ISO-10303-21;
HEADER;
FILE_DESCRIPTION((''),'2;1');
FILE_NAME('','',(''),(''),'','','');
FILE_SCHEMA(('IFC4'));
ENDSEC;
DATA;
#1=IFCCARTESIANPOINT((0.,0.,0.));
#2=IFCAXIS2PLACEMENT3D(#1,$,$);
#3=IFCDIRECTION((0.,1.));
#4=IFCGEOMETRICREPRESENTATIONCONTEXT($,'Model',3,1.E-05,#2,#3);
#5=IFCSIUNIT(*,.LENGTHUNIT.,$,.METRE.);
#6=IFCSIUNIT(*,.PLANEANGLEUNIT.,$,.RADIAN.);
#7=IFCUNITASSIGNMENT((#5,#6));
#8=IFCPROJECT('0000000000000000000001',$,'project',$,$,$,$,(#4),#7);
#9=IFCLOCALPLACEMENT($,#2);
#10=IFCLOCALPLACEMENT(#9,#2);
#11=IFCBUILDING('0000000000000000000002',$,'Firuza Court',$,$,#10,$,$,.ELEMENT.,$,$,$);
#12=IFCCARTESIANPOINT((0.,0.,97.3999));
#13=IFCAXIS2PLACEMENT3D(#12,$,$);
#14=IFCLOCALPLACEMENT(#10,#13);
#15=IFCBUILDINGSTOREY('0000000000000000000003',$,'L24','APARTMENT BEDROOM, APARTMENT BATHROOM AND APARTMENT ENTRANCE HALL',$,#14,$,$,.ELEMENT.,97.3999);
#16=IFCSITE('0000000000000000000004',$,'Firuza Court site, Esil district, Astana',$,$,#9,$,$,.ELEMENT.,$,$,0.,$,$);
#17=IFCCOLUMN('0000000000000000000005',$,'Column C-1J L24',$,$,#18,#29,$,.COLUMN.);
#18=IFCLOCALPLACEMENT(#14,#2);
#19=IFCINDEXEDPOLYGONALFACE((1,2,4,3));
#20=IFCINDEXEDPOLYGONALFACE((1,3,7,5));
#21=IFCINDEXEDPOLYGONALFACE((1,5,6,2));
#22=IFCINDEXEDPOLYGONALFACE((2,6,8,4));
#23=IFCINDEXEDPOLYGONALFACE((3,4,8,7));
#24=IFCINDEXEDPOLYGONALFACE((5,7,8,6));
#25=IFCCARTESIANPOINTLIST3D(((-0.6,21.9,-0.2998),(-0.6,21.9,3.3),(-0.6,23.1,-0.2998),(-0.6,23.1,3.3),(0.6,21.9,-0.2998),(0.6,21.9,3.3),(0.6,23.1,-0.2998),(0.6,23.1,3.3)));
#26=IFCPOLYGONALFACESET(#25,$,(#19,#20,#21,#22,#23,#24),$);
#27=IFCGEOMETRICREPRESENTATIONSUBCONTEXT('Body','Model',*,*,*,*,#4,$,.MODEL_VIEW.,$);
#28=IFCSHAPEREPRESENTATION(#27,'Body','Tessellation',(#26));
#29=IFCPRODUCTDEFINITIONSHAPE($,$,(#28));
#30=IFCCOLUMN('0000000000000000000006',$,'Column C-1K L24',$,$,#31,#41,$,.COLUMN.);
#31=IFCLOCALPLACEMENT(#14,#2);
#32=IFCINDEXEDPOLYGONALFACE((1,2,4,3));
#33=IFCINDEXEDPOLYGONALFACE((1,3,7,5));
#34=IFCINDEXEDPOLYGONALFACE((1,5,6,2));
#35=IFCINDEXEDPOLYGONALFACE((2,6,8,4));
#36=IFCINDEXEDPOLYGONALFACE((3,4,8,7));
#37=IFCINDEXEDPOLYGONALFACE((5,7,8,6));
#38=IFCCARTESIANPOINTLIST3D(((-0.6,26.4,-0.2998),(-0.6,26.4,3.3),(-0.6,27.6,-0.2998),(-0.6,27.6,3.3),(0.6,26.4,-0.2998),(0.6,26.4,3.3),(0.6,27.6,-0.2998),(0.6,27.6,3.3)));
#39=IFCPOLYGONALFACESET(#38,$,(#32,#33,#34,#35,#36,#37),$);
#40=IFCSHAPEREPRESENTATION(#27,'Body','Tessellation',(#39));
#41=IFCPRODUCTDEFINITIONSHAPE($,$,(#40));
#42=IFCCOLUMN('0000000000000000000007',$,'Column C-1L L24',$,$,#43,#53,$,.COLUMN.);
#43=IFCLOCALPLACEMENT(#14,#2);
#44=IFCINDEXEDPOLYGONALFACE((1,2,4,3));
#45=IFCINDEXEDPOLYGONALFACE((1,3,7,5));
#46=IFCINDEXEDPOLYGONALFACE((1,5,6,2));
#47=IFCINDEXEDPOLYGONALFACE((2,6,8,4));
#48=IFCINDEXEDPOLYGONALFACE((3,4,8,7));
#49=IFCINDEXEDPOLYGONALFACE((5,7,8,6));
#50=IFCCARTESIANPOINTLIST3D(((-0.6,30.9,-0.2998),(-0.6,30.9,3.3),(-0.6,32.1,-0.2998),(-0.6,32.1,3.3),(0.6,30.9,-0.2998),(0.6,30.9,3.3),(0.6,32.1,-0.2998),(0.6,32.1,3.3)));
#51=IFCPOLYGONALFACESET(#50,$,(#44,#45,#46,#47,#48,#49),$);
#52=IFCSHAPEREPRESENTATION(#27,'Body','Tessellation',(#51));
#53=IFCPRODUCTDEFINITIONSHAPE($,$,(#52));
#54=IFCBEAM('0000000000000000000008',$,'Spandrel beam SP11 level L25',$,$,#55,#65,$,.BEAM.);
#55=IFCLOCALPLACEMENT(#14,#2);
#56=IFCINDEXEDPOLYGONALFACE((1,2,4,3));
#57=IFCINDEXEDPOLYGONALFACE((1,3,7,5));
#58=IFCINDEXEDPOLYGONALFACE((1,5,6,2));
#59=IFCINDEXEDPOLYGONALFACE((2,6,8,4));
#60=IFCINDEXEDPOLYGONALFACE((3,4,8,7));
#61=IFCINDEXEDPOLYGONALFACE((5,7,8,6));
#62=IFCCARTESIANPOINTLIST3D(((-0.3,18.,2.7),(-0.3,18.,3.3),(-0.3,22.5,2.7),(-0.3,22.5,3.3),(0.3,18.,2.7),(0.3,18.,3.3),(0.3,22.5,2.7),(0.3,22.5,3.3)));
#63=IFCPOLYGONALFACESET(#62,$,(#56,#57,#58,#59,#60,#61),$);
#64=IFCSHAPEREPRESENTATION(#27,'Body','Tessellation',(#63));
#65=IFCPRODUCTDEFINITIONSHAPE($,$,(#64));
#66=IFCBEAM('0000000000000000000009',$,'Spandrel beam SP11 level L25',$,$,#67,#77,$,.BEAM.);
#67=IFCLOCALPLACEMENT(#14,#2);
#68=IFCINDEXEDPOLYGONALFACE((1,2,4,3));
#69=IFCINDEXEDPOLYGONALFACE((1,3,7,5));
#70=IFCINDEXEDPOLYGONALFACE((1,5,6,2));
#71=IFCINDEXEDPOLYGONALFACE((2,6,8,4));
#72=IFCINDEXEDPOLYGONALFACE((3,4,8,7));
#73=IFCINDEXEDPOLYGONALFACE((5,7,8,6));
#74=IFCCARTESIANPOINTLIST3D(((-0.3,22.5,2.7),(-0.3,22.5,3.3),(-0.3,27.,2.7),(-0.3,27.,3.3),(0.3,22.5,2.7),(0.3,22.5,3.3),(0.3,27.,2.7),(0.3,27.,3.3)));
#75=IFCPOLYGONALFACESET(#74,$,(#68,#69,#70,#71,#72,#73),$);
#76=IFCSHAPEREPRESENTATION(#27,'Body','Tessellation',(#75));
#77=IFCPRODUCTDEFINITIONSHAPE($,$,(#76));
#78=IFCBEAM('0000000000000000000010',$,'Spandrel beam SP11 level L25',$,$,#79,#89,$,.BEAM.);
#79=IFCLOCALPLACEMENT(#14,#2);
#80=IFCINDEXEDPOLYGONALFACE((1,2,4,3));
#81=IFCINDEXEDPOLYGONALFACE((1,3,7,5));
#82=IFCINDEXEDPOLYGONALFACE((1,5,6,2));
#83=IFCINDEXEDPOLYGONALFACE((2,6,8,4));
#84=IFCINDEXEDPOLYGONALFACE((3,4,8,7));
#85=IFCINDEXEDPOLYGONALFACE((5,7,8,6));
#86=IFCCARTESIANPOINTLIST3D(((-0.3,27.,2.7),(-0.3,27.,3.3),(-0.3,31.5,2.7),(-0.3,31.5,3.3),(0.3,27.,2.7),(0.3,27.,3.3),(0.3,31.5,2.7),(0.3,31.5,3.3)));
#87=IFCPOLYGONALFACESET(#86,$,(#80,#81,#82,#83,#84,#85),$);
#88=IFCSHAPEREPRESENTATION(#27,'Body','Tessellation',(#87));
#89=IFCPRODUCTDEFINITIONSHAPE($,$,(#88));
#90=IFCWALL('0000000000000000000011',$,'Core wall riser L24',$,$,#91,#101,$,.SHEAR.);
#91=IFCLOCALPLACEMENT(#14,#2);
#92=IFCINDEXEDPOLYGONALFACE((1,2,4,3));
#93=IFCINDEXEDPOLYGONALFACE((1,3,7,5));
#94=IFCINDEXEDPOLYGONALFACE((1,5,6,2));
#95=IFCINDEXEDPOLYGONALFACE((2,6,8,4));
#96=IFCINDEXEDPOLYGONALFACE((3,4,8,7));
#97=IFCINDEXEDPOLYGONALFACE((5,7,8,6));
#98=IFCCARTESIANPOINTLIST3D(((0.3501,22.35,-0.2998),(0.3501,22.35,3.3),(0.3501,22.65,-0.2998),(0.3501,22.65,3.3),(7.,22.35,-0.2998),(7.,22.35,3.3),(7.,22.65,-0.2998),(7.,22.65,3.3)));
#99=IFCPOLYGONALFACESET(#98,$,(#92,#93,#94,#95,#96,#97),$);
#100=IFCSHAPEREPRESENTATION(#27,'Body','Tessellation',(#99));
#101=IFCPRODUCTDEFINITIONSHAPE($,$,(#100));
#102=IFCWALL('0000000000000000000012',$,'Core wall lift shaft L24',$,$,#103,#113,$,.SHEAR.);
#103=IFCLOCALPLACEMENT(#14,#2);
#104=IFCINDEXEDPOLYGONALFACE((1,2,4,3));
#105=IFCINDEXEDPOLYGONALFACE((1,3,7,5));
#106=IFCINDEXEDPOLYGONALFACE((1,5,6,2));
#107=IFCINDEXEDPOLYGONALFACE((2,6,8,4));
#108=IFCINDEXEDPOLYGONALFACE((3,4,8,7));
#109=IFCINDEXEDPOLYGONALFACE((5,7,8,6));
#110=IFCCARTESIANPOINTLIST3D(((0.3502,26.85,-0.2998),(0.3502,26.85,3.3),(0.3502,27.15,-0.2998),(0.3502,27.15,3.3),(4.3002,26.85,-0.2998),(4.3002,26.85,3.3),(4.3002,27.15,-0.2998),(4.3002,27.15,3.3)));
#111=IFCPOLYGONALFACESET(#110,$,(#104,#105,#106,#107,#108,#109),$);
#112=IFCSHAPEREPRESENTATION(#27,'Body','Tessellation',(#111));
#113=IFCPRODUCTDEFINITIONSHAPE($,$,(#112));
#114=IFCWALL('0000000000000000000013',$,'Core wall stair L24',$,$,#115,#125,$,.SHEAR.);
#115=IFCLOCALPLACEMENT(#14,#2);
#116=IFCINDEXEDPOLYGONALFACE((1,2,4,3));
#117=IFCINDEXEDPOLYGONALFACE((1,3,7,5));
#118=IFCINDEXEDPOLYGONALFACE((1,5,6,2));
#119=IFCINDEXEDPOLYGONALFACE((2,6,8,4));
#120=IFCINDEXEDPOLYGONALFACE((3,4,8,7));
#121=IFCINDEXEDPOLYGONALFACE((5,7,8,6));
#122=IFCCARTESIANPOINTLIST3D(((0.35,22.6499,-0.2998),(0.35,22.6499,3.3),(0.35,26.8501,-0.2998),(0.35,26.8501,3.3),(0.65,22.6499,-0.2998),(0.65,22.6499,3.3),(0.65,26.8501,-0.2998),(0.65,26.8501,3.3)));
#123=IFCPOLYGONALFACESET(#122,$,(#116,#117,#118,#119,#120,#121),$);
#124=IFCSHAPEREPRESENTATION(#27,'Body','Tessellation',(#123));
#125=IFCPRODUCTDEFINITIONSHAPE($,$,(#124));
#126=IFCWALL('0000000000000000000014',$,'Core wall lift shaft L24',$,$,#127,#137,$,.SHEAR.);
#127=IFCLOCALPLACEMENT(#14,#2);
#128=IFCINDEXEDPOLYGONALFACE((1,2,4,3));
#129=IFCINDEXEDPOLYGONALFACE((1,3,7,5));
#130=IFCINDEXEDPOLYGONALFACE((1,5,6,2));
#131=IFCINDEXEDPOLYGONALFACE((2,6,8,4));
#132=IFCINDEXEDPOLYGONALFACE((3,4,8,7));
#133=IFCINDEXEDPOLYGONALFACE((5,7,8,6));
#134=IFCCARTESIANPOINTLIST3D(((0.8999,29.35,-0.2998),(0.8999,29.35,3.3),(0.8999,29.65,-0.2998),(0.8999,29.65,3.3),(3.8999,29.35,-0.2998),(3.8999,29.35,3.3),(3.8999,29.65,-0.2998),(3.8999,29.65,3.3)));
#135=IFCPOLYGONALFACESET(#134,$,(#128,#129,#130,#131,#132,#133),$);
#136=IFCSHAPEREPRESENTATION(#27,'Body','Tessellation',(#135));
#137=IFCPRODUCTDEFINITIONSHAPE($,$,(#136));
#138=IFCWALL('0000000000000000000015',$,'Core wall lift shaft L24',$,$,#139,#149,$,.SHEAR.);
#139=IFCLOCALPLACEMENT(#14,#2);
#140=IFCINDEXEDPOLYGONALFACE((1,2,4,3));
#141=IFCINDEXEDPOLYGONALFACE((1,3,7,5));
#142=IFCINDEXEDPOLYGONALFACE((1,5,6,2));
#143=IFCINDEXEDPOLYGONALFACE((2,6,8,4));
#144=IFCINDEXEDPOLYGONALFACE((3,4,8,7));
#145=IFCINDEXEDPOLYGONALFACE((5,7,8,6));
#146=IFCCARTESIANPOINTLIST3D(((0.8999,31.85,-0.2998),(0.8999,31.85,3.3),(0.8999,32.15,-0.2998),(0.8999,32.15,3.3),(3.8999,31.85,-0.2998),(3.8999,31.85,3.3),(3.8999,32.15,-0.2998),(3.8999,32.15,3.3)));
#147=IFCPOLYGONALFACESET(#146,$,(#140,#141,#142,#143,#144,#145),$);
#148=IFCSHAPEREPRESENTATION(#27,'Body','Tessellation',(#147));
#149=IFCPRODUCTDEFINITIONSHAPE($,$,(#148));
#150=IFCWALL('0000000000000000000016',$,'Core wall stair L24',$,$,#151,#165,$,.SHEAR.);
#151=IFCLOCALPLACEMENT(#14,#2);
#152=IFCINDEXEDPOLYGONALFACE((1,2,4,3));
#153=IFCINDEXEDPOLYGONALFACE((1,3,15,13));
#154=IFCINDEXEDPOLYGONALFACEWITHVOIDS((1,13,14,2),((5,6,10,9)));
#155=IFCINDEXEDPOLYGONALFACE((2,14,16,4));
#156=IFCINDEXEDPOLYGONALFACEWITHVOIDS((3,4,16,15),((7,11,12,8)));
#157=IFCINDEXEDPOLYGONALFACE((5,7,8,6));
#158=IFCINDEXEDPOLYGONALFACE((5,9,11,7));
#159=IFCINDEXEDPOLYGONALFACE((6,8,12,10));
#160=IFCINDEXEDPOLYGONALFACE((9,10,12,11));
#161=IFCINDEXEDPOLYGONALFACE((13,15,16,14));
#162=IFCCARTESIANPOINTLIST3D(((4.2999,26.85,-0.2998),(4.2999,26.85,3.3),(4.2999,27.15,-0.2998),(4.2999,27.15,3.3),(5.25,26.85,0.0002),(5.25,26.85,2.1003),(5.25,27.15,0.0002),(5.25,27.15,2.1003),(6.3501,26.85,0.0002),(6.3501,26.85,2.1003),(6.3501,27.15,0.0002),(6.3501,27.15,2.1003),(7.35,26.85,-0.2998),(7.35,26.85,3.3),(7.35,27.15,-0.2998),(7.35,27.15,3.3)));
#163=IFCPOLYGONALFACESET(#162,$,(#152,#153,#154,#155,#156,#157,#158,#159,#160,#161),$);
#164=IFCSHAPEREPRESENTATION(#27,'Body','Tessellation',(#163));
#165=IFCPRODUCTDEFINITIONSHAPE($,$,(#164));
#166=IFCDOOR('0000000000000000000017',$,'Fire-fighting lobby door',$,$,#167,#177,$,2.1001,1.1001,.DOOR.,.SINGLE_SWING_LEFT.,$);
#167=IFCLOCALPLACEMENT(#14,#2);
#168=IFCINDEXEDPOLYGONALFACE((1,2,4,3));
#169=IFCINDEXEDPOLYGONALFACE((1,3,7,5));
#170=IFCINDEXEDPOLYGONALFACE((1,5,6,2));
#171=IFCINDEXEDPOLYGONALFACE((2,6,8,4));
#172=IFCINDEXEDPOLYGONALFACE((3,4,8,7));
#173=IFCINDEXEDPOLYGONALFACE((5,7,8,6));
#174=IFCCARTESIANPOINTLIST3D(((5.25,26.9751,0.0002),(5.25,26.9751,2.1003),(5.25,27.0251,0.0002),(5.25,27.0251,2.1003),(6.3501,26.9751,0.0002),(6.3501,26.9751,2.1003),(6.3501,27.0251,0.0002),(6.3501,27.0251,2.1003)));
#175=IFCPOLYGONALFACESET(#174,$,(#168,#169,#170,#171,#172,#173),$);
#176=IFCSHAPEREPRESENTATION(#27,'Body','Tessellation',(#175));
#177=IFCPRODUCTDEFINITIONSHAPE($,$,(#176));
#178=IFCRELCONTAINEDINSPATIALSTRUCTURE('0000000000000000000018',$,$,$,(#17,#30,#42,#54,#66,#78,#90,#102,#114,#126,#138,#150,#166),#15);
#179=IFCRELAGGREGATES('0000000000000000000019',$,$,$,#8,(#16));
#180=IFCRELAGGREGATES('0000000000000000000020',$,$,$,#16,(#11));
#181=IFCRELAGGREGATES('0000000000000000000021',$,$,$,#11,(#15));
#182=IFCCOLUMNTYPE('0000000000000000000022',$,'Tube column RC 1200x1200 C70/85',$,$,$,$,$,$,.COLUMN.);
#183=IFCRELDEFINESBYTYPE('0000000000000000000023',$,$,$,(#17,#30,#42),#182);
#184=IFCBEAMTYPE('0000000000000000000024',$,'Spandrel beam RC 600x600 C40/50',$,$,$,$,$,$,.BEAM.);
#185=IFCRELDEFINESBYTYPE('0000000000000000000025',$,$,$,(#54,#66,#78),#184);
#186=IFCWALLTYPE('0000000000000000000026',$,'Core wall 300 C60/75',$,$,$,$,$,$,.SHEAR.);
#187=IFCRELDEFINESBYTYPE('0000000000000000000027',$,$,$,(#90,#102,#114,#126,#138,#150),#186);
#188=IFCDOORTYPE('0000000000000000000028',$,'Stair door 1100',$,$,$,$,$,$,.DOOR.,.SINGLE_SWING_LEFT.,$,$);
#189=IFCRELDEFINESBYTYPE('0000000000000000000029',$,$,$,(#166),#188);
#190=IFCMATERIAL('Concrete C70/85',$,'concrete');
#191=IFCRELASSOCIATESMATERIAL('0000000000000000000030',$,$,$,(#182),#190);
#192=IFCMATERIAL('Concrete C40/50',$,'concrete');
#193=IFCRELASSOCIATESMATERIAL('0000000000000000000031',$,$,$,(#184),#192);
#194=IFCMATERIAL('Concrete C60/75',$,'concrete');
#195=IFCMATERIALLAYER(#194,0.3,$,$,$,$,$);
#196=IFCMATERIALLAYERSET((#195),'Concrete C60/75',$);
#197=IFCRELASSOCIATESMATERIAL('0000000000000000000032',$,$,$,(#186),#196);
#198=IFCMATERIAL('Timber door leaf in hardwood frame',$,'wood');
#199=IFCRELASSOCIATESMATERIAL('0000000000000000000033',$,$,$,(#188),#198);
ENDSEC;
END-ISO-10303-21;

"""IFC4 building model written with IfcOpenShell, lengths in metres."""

from ifc_helpers import new_model, si_unit, direction, frame, frame_2d, origin, origin_2d, place, context, subcontext, project, spatial, rectangle, extrude, material, layer, layer_set, material_profile, profile_set, type_object, element, fill, save


model = new_model("IFC4")

# Units and contexts
model_context = context("Model", 3, precision=1e-05, world=origin(), true_north=direction((0.0, 1.0)))
body_context = subcontext(model_context, "Body", "Model", "MODEL_VIEW")
ifc_project = project(units=[si_unit("LENGTHUNIT", "METRE"), si_unit("PLANEANGLEUNIT", "RADIAN")], contexts=[model_context])

# Site, building, storey
site_placement = place(None, origin())
site = spatial("IfcSite", under=ifc_project, at=site_placement, Name="Firuza Court site, Esil district, Astana", CompositionType="ELEMENT", RefElevation=0.0)
building_placement = place(site_placement, origin())
building = spatial("IfcBuilding", under=site, at=building_placement, Name="Firuza Court", CompositionType="ELEMENT")
storey_placement = place(building_placement, frame((0.0, 0.0, 97.3999)))
storey = spatial("IfcBuildingStorey", under=building, at=storey_placement, Name="L24", Description="APARTMENT BEDROOM, APARTMENT BATHROOM AND APARTMENT ENTRANCE HALL", CompositionType="ELEMENT", Elevation=97.3999)

# Columns
ifc_material_1 = material(Name="Concrete C70/85", Category="concrete")
ifc_material_profile_1 = material_profile(ifc_material_1, rectangle(XDim=1.2, YDim=1.2, at=origin_2d()), Name="RC 1200x1200")
ifc_profile_set_1 = profile_set([ifc_material_profile_1], Name="Concrete C70/85")
column_type = type_object("IfcColumnType", Name="Tube column RC 1200x1200 C70/85", PredefinedType="COLUMN", material=ifc_profile_set_1)
for number, where, z_axis, x_axis, name in (
    (1, (0.0, 22.5, -0.2998), (0.0, 0.0, 1.0), (1.0, 0.0, 0.0), "Column C-1J L24"),
    (2, (0.0, 27.0, -0.2998), (0.0, 0.0, 1.0), (1.0, 0.0, 0.0), "Column C-1K L24"),
    (3, (0.0, 31.5, -0.2998), (0.0, 0.0, 1.0), (1.0, 0.0, 0.0), "Column C-1L L24"),
):
    element("IfcColumn", number, at=place(storey_placement, frame(where, z_axis=z_axis, x_axis=x_axis)), inside=storey, type_object=column_type, Name=name, PredefinedType="COLUMN", context=body_context, shape_type="SweptSolid", body=[
        extrude(rectangle(XDim=1.2, YDim=1.2, at=origin_2d()), origin(), (0.0, 0.0, 1.0), 3.5999),
    ])

# Beams
ifc_material_2 = material(Name="Concrete C40/50", Category="concrete")
ifc_material_profile_2 = material_profile(ifc_material_2, rectangle(XDim=0.6001, YDim=0.6001, at=origin_2d()), Name="RC 600x600")
ifc_profile_set_2 = profile_set([ifc_material_profile_2], Name="Concrete C40/50")
beam_type = type_object("IfcBeamType", Name="Spandrel beam RC 600x600 C40/50", PredefinedType="BEAM", material=ifc_profile_set_2)
for number, where, z_axis, x_axis, name in (
    (4, (0.0, 22.5, 3.0), (0.0, -1.0, 0.0), (1.0, 0.0, 0.0), "Spandrel beam SP11 level L25"),
    (5, (0.0, 27.0, 3.0), (0.0, -1.0, 0.0), (1.0, 0.0, 0.0), "Spandrel beam SP11 level L25"),
    (6, (0.0, 31.5, 3.0), (0.0, -1.0, 0.0), (1.0, 0.0, 0.0), "Spandrel beam SP11 level L25"),
):
    element("IfcBeam", number, at=place(storey_placement, frame(where, z_axis=z_axis, x_axis=x_axis)), inside=storey, type_object=beam_type, Name=name, PredefinedType="BEAM", context=body_context, shape_type="SweptSolid", body=[
        extrude(rectangle(XDim=0.6001, YDim=0.6001, at=origin_2d()), origin(), (0.0, 0.0, 1.0), 4.5),
    ])

# Walls
ifc_material_3 = material(Name="Concrete C60/75", Category="concrete")
ifc_layer_1 = layer(ifc_material_3, 0.3)
ifc_layer_set_1 = layer_set([ifc_layer_1], Name="Concrete C60/75")
wall_type_1 = type_object("IfcWallType", Name="Core wall 300 C60/75", PredefinedType="SHEAR", material=ifc_layer_set_1)
wall_1_placement = place(storey_placement, frame((0.3501, 22.5, -0.2998), z_axis=(0.0, 0.0, 1.0), x_axis=(1.0, 0.0, 0.0)))
element("IfcWall", 7, at=wall_1_placement, inside=storey, type_object=wall_type_1, Name="Core wall riser L24", PredefinedType="SHEAR", context=body_context, shape_type="SweptSolid", body=[
    extrude(rectangle(XDim=6.6499, YDim=0.3, at=frame_2d((3.325, 0.0))), origin(), (0.0, 0.0, 1.0), 3.5999),
])
wall_2_placement = place(storey_placement, frame((0.3501, 27.0, -0.2998), z_axis=(0.0, 0.0, 1.0), x_axis=(1.0, 0.0, 0.0)))
element("IfcWall", 8, at=wall_2_placement, inside=storey, type_object=wall_type_1, Name="Core wall lift shaft L24", PredefinedType="SHEAR", context=body_context, shape_type="SweptSolid", body=[
    extrude(rectangle(XDim=3.95, YDim=0.3, at=frame_2d((1.9751, 0.0))), origin(), (0.0, 0.0, 1.0), 3.5999),
])
wall_3_placement = place(storey_placement, frame((0.5, 22.6499, -0.2998), z_axis=(0.0, 0.0, 1.0), x_axis=(0.0, 1.0, 0.0)))
element("IfcWall", 9, at=wall_3_placement, inside=storey, type_object=wall_type_1, Name="Core wall stair L24", PredefinedType="SHEAR", context=body_context, shape_type="SweptSolid", body=[
    extrude(rectangle(XDim=4.2002, YDim=0.3, at=frame_2d((2.1001, 0.0))), origin(), (0.0, 0.0, 1.0), 3.5999),
])
for number, where, z_axis, x_axis, name in (
    (10, (0.8999, 29.5, -0.2998), (0.0, 0.0, 1.0), (1.0, 0.0, 0.0), "Core wall lift shaft L24"),
    (11, (0.8999, 32.0, -0.2998), (0.0, 0.0, 1.0), (1.0, 0.0, 0.0), "Core wall lift shaft L24"),
):
    element("IfcWall", number, at=place(storey_placement, frame(where, z_axis=z_axis, x_axis=x_axis)), inside=storey, type_object=wall_type_1, Name=name, PredefinedType="SHEAR", context=body_context, shape_type="SweptSolid", body=[
        extrude(rectangle(XDim=3.0, YDim=0.3, at=frame_2d((1.5, 0.0))), origin(), (0.0, 0.0, 1.0), 3.5999),
    ])

# Wall, opening, door
wall_4_placement = place(storey_placement, frame((4.3, 27.0, -0.2998), z_axis=(0.0, 0.0, 1.0), x_axis=(1.0, 0.0, 0.0)))
wall_4 = element("IfcWall", 12, at=wall_4_placement, inside=storey, type_object=wall_type_1, Name="Core wall stair L24", PredefinedType="SHEAR", context=body_context, shape_type="SweptSolid", body=[
    extrude(rectangle(XDim=3.05, YDim=0.3, at=frame_2d((1.5249, 0.0))), origin(), (0.0, 0.0, 1.0), 3.5999),
])
opening_1_placement = place(wall_4_placement, frame((0.95, 0.0, 0.3)))
opening_1 = element("IfcOpeningElement", 13, at=opening_1_placement, cuts=wall_4, PredefinedType="OPENING", context=body_context, shape_type="SweptSolid", body=[
    extrude(rectangle(XDim=1.1001, YDim=2.1001, at=frame_2d((0.55, 1.05))), frame((0.0, 0.1621, 0.0), z_axis=(0.0, -1.0, 0.0), x_axis=(1.0, 0.0, 0.0)), (0.0, 0.0, 1.0), 0.324),
])
ifc_material_4 = material(Name="Timber door leaf in hardwood frame", Category="wood")
door_type_1 = type_object("IfcDoorType", Name="Stair door 1100", OperationType="SINGLE_SWING_LEFT", PredefinedType="DOOR", material=ifc_material_4)
door_1_placement = place(opening_1_placement, frame((1.1001, 0.0, 0.0), z_axis=(0.0, 0.0, 1.0), x_axis=(-1.0, 0.0, 0.0)))
door_1 = element("IfcDoor", 14, at=door_1_placement, inside=storey, type_object=door_type_1, Name="Fire-fighting lobby door", OperationType="SINGLE_SWING_LEFT", OverallHeight=2.1001, OverallWidth=1.1001, PredefinedType="DOOR", context=body_context, shape_type="SweptSolid", body=[
    extrude(rectangle(XDim=1.1001, YDim=2.1001, at=frame_2d((0.55, 1.05))), frame((0.0, 0.0249, 0.0), z_axis=(0.0, -1.0, 0.0), x_axis=(1.0, 0.0, 0.0)), (0.0, 0.0, 1.0), 0.05),
])
fill(opening_1, door_1)

save(model, "model.ifc")
